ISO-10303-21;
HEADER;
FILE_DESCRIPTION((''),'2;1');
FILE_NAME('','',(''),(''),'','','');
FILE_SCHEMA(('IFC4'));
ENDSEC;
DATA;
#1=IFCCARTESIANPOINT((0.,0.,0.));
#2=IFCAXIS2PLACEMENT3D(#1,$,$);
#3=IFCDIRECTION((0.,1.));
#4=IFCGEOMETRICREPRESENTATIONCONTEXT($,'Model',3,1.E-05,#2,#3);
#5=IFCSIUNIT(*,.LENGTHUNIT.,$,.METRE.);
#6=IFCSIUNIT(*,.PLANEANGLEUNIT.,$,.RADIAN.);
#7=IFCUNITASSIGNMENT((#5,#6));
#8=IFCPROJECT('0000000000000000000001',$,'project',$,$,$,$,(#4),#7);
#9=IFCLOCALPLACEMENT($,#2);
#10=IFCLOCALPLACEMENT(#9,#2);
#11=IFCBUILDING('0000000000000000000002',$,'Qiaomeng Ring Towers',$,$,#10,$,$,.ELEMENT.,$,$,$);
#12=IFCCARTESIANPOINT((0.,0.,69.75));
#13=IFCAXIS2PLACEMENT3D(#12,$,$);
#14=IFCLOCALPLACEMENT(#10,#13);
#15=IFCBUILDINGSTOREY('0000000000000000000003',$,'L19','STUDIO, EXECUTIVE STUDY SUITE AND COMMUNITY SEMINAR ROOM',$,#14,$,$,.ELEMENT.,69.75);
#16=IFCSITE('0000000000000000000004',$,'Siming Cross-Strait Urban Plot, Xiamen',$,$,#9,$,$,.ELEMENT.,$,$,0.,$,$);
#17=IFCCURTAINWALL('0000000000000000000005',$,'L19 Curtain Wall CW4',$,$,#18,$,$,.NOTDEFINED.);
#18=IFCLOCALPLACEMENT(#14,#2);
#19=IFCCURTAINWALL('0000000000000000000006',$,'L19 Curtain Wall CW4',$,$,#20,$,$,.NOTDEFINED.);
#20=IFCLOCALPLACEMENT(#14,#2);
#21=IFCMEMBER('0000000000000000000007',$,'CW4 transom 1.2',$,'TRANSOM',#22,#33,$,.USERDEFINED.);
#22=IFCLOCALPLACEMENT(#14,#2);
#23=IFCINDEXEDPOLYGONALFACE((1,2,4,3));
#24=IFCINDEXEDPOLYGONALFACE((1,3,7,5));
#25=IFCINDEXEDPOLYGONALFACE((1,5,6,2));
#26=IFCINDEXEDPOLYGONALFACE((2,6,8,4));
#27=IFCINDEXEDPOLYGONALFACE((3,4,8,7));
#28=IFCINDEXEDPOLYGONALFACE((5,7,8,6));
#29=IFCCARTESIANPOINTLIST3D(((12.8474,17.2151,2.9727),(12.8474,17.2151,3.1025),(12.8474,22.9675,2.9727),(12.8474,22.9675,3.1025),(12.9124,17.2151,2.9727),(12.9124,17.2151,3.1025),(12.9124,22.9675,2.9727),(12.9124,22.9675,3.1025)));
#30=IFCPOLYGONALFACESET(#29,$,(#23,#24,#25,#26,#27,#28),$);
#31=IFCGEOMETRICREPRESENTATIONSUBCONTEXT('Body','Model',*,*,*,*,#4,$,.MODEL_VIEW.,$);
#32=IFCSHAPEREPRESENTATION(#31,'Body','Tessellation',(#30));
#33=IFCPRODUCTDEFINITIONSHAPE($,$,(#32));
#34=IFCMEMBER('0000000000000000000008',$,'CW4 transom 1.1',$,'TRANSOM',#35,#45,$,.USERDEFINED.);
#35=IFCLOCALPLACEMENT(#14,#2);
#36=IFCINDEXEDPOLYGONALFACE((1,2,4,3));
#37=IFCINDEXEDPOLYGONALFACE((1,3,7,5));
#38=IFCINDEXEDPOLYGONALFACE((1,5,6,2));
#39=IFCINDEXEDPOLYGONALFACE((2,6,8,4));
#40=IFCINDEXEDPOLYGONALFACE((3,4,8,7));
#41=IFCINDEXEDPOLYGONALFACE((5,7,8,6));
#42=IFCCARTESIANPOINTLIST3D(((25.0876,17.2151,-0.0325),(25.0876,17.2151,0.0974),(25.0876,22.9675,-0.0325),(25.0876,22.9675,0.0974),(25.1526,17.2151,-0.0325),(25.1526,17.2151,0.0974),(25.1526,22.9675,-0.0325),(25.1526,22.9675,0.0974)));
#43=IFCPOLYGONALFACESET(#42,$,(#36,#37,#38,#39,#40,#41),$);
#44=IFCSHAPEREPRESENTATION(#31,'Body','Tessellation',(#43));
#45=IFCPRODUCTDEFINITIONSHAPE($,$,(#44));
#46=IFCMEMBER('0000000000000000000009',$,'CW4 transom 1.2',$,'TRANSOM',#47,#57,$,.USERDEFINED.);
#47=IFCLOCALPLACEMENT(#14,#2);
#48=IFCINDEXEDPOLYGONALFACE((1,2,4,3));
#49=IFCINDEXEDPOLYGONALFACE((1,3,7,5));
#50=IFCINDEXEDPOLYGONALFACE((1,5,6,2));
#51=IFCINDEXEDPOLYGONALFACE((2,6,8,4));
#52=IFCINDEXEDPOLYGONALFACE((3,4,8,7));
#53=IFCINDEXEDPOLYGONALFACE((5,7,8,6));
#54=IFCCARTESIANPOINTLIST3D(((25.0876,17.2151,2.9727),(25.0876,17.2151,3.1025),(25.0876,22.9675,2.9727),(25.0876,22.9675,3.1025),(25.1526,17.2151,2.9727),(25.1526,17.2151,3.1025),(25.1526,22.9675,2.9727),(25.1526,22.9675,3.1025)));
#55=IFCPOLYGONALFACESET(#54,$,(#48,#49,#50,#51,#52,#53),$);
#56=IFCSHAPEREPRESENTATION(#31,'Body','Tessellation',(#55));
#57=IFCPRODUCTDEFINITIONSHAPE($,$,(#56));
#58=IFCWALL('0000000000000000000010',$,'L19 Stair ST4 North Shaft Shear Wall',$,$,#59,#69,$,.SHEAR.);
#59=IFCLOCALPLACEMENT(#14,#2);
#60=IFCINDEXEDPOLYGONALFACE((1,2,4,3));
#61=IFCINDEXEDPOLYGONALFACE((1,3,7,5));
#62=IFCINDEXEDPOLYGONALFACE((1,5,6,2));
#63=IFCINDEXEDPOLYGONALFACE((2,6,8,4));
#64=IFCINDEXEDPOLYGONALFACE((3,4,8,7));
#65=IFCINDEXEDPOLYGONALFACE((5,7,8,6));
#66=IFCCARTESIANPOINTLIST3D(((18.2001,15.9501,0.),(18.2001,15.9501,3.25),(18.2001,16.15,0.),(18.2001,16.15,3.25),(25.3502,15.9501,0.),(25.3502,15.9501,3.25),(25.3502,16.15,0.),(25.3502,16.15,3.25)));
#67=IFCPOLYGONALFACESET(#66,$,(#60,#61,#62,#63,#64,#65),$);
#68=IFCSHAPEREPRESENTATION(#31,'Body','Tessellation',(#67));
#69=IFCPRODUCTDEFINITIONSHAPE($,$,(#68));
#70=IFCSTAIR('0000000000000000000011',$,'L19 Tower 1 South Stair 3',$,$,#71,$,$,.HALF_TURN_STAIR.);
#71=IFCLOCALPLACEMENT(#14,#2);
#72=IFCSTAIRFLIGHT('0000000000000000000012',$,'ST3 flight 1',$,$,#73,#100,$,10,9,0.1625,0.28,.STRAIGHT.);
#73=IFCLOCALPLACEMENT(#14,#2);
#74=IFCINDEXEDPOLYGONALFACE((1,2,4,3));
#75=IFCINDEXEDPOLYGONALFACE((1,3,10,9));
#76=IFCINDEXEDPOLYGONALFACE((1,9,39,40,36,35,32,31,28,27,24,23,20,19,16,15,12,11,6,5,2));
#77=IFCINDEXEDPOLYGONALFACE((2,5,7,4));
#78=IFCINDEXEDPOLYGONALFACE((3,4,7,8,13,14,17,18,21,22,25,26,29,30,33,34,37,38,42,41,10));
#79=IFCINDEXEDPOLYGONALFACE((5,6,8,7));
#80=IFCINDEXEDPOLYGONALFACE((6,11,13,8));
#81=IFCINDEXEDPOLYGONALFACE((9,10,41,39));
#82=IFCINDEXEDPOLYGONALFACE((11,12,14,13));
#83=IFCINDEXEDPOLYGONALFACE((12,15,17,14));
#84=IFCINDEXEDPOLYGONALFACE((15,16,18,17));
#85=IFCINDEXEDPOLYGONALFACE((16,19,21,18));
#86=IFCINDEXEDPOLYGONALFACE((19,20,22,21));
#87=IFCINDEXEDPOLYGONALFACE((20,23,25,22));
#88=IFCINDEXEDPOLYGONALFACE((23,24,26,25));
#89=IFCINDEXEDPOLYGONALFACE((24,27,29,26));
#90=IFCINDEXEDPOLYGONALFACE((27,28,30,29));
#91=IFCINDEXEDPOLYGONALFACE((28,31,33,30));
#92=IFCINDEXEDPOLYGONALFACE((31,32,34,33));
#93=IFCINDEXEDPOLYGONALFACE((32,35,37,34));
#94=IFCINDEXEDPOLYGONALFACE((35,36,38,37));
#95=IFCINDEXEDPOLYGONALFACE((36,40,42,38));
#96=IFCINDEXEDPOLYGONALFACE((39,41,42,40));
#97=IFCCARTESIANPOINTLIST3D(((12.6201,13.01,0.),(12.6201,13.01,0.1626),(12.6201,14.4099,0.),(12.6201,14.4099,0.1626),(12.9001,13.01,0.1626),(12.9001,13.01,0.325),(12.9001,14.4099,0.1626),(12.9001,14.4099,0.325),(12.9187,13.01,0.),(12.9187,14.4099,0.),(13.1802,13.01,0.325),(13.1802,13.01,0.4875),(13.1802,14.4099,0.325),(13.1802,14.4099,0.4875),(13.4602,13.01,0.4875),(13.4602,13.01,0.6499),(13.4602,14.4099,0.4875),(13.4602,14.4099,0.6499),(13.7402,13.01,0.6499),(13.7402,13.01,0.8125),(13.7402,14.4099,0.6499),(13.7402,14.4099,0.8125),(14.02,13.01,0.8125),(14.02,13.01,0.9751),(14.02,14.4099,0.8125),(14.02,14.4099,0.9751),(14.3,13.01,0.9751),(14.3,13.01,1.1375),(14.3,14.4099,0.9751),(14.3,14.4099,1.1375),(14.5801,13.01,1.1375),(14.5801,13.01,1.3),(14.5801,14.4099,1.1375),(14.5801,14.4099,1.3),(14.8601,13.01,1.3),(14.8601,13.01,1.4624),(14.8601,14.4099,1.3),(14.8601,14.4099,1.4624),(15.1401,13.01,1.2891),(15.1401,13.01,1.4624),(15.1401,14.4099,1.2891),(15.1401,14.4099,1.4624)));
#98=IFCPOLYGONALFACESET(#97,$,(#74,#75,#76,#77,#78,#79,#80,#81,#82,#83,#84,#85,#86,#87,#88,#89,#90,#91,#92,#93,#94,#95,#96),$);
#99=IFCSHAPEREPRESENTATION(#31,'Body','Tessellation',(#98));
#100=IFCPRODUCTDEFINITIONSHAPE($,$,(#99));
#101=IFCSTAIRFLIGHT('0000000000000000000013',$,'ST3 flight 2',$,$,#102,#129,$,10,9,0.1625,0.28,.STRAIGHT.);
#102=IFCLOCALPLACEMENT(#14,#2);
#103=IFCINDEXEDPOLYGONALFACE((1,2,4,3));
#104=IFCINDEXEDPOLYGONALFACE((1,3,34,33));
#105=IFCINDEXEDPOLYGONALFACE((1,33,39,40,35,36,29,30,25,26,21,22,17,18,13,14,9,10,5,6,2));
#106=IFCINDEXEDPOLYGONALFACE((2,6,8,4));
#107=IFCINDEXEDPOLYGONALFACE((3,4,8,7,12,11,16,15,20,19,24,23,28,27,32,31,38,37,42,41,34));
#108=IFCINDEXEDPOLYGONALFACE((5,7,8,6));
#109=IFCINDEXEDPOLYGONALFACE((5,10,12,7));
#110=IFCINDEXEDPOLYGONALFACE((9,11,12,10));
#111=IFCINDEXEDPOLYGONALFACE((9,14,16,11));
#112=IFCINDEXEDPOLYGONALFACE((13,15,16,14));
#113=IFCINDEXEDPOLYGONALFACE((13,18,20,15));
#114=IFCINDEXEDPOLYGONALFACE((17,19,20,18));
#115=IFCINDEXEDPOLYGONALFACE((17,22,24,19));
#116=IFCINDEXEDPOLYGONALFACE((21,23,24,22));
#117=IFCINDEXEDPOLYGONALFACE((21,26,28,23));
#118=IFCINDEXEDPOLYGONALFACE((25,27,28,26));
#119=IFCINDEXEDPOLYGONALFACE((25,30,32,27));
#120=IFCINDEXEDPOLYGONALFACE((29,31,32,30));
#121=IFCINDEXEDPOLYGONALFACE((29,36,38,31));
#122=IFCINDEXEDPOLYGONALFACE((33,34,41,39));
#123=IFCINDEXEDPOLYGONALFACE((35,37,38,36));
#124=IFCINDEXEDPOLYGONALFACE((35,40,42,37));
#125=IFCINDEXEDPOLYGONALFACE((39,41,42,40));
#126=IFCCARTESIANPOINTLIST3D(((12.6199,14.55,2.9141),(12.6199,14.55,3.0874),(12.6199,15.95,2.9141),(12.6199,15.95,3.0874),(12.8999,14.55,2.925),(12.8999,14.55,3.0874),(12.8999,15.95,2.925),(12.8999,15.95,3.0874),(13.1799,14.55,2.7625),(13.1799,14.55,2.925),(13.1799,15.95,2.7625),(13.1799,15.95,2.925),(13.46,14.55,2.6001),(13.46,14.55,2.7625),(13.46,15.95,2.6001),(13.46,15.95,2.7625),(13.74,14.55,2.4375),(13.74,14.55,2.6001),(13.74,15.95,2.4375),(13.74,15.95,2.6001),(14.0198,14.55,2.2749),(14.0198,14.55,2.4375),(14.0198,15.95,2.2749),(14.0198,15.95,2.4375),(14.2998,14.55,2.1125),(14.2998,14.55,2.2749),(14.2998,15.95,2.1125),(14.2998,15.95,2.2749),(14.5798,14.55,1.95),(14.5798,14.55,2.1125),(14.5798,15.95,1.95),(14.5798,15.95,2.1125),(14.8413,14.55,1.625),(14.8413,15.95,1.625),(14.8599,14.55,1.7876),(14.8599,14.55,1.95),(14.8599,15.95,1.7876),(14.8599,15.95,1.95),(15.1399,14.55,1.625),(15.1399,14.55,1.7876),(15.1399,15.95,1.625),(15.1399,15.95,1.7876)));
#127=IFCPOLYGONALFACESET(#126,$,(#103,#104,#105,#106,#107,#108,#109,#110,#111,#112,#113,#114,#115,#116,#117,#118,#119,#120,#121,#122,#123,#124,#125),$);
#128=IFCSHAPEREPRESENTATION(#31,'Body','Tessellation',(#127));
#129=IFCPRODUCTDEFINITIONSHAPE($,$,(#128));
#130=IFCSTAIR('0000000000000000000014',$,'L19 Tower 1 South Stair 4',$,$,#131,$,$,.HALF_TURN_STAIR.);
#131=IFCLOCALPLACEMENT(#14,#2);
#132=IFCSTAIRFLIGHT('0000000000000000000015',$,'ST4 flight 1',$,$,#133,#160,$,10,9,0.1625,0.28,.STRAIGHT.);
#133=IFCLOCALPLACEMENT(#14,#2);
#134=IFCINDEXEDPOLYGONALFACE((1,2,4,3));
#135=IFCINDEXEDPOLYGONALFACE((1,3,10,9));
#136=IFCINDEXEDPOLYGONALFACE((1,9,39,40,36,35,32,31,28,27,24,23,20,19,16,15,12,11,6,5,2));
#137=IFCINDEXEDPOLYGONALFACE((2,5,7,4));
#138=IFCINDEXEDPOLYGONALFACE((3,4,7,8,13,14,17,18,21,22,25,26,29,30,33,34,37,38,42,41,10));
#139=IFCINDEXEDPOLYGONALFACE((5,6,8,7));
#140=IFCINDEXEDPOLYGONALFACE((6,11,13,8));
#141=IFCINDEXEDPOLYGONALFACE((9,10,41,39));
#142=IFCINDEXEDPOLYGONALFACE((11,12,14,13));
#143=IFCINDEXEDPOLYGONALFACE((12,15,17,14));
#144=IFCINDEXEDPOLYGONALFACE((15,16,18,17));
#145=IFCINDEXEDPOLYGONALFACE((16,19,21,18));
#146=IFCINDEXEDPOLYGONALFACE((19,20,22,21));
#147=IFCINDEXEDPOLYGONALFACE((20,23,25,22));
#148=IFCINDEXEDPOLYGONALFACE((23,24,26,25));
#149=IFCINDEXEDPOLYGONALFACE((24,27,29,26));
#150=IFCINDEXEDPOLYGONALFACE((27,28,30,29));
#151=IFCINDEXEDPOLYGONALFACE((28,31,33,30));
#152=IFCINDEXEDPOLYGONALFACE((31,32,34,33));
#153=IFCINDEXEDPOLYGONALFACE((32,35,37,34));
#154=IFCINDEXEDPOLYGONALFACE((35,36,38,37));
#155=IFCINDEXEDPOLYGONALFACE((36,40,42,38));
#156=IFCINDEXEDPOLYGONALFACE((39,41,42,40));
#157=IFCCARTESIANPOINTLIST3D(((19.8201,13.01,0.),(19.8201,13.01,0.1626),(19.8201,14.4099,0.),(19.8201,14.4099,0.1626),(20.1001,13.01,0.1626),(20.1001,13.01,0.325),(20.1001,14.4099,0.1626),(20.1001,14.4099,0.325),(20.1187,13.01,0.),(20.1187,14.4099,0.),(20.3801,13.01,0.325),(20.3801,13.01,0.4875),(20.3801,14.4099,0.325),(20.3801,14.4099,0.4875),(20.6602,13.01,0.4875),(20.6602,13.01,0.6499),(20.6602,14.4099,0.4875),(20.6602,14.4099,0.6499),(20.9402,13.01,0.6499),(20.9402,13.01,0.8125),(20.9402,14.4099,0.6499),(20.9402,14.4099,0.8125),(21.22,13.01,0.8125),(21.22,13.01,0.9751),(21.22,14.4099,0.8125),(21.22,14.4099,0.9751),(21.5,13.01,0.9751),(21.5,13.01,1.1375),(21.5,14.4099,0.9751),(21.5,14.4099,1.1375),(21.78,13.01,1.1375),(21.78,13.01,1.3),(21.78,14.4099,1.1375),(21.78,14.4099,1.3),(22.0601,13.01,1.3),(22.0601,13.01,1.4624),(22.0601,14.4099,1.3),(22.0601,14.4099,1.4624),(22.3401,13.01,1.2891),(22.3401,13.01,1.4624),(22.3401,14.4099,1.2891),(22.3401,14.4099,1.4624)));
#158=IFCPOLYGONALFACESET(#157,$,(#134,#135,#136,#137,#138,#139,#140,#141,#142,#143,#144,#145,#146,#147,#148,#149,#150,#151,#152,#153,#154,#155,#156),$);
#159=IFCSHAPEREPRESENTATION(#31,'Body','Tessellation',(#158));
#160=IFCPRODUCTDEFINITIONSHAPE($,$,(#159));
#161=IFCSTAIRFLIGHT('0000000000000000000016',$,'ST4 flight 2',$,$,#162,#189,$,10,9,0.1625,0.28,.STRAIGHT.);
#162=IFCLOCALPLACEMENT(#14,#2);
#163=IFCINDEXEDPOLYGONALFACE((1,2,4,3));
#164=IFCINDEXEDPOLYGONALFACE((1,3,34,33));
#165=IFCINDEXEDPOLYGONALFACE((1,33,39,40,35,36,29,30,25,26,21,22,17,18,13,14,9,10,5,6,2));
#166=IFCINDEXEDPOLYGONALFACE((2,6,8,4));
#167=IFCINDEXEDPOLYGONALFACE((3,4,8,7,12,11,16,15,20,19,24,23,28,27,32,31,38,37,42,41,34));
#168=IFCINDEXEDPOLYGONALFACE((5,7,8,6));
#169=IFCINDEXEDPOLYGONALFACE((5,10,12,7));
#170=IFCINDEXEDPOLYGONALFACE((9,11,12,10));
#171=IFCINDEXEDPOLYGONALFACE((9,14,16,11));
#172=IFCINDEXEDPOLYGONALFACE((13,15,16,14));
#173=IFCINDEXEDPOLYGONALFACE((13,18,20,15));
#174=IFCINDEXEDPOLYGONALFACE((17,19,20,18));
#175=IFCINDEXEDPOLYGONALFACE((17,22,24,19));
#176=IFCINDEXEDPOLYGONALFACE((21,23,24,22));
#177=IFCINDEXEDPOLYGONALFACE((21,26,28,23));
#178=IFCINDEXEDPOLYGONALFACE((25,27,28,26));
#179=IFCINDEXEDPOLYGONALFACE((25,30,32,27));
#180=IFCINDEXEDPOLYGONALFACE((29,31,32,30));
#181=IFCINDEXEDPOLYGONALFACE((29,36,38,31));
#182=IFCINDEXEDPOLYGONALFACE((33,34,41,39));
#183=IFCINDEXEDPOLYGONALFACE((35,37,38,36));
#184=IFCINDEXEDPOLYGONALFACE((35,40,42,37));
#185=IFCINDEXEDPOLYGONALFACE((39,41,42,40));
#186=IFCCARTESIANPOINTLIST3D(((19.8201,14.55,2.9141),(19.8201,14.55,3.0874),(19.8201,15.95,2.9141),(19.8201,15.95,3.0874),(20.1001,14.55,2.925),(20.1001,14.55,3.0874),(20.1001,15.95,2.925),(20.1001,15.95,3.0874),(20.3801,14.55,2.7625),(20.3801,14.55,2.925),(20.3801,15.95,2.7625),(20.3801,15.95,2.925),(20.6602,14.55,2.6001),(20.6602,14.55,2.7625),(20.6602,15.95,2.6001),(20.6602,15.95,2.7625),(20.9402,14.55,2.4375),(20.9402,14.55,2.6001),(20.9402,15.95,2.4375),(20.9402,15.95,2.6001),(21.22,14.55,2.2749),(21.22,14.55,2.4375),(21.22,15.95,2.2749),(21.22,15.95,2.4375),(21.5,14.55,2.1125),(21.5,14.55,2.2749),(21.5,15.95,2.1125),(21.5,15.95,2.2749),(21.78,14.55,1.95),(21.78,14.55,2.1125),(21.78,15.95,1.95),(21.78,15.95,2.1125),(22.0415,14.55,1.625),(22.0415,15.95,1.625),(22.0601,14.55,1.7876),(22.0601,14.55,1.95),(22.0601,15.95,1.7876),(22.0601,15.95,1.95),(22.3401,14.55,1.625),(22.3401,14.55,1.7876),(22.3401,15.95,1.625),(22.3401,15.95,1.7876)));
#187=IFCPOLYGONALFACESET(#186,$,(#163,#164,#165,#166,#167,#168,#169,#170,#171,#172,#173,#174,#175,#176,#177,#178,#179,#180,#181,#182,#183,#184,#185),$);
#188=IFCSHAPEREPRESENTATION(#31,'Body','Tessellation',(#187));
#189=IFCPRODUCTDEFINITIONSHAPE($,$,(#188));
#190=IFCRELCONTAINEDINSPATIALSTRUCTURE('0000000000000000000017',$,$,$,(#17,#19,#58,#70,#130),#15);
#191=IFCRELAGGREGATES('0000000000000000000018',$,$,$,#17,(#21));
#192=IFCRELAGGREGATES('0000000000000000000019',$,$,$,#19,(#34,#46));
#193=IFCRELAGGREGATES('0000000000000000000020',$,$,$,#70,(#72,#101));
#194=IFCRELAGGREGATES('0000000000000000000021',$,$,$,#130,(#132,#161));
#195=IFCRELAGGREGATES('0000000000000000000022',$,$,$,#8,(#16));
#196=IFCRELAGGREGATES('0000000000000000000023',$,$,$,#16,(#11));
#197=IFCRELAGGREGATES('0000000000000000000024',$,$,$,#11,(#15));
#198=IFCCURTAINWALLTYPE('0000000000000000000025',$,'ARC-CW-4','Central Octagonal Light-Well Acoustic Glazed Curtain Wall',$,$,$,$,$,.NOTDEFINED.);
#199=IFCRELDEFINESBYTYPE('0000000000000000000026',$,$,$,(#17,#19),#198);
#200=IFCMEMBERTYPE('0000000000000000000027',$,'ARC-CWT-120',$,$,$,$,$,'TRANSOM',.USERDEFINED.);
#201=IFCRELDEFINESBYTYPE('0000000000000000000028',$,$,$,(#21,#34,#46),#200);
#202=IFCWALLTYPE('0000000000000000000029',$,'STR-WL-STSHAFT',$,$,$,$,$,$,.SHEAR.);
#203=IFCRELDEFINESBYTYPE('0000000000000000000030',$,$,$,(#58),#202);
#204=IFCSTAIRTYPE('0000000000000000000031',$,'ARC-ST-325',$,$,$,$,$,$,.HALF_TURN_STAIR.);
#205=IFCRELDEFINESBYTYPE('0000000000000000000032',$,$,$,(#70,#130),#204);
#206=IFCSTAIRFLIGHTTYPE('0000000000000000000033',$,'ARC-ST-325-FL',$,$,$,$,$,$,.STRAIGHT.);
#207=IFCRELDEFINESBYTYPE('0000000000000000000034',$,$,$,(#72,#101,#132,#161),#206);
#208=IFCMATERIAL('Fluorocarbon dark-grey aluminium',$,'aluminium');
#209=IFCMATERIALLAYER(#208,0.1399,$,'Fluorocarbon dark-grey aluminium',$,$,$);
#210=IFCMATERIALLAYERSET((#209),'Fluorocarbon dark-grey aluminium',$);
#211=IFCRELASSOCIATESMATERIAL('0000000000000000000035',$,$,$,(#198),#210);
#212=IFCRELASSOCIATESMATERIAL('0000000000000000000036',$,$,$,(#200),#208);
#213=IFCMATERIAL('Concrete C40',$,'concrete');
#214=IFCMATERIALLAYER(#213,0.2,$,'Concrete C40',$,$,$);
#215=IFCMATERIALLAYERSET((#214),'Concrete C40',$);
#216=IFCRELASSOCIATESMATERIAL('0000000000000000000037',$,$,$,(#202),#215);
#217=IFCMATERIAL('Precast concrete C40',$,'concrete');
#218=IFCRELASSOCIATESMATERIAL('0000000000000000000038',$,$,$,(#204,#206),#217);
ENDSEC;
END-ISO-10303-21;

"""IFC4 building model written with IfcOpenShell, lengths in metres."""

from ifc_helpers import new_model, si_unit, direction, frame, frame_2d, origin, origin_2d, place, context, subcontext, project, spatial, polyline, rectangle, outline, extrude, source, transform, mapped, material, layer, layer_set, material_profile, profile_set, type_object, element, aggregate, save


model = new_model("IFC4")

# Units and contexts
model_context = context("Model", 3, precision=1e-05, world=origin(), true_north=direction((0.0, 1.0)))
body_context = subcontext(model_context, "Body", "Model", "MODEL_VIEW")
ifc_project = project(units=[si_unit("LENGTHUNIT", "METRE"), si_unit("PLANEANGLEUNIT", "RADIAN")], contexts=[model_context])

# Site, building, storey
site_placement = place(None, origin())
site = spatial("IfcSite", under=ifc_project, at=site_placement, Name="Siming Cross-Strait Urban Plot, Xiamen", CompositionType="ELEMENT", RefElevation=0.0)
building_placement = place(site_placement, origin())
building = spatial("IfcBuilding", under=site, at=building_placement, Name="Qiaomeng Ring Towers", CompositionType="ELEMENT")
storey_placement = place(building_placement, frame((0.0, 0.0, 69.75)))
storey = spatial("IfcBuildingStorey", under=building, at=storey_placement, Name="L19", Description="STUDIO, EXECUTIVE STUDY SUITE AND COMMUNITY SEMINAR ROOM", CompositionType="ELEMENT", Elevation=69.75)

# Curtain walls
ifc_material_1 = material(Name="Fluorocarbon dark-grey aluminium", Category="aluminium")
ifc_layer_1 = layer(ifc_material_1, 0.1399, Name="Fluorocarbon dark-grey aluminium")
ifc_layer_set_1 = layer_set([ifc_layer_1], Name="Fluorocarbon dark-grey aluminium")
curtain_wall_type = type_object("IfcCurtainWallType", Name="ARC-CW-4", Description="Central Octagonal Light-Well Acoustic Glazed Curtain Wall", PredefinedType="NOTDEFINED", material=ifc_layer_set_1)
curtain_wall_1_placement = place(storey_placement, origin())
curtain_wall_1 = element("IfcCurtainWall", 1, at=curtain_wall_1_placement, inside=storey, type_object=curtain_wall_type, Name="L19 Curtain Wall CW4", PredefinedType="NOTDEFINED")
curtain_wall_2_placement = place(storey_placement, origin())
curtain_wall_2 = element("IfcCurtainWall", 2, at=curtain_wall_2_placement, inside=storey, type_object=curtain_wall_type, Name="L19 Curtain Wall CW4", PredefinedType="NOTDEFINED")

# Members
ifc_material_profile_1 = material_profile(ifc_material_1, rectangle(XDim=0.0649, YDim=0.1299, at=origin_2d()), Name="ALU TRAN 65x130")
ifc_profile_set_1 = profile_set([ifc_material_profile_1], Name="Fluorocarbon dark-grey aluminium")
member_type_1 = type_object("IfcMemberType", Name="ARC-CWT-120", ElementType="TRANSOM", PredefinedType="USERDEFINED", material=ifc_profile_set_1)
shared_shape_1 = source(origin(), body_context, "Body", "SweptSolid", [
    extrude(rectangle(XDim=0.0649, YDim=0.1299, at=origin_2d()), origin(), (0.0, 0.0, 1.0), 5.7524),
])
member_1_placement = place(storey_placement, frame((12.8799, 17.2151, 3.0376), z_axis=(0.0, 1.0, 0.0), x_axis=(-1.0, 0.0, 0.0)))
member_1 = element("IfcMember", 3, at=member_1_placement, type_object=member_type_1, Name="CW4 transom 1.2", ObjectType="TRANSOM", PredefinedType="USERDEFINED", context=body_context, shape_type="MappedRepresentation", body=[
    mapped(shared_shape_1, transform((0.0, 0.0, 0.0), x_axis=(1.0, 0.0, 0.0), y_axis=(0.0, 1.0, 0.0), z_axis=(0.0, 0.0, 1.0), scale=1.0)),
])
aggregate(curtain_wall_1, [member_1])
member_2_placement = place(storey_placement, frame((25.1201, 17.2151, 0.0325), z_axis=(0.0, 1.0, 0.0), x_axis=(-1.0, 0.0, 0.0)))
member_2 = element("IfcMember", 4, at=member_2_placement, type_object=member_type_1, Name="CW4 transom 1.1", ObjectType="TRANSOM", PredefinedType="USERDEFINED", context=body_context, shape_type="MappedRepresentation", body=[
    mapped(shared_shape_1, transform((0.0, 0.0, 0.0), x_axis=(1.0, 0.0, 0.0), y_axis=(0.0, 1.0, 0.0), z_axis=(0.0, 0.0, 1.0), scale=1.0)),
])
member_3_placement = place(storey_placement, frame((25.1201, 17.2151, 3.0376), z_axis=(0.0, 1.0, 0.0), x_axis=(-1.0, 0.0, 0.0)))
member_3 = element("IfcMember", 5, at=member_3_placement, type_object=member_type_1, Name="CW4 transom 1.2", ObjectType="TRANSOM", PredefinedType="USERDEFINED", context=body_context, shape_type="MappedRepresentation", body=[
    mapped(shared_shape_1, transform((0.0, 0.0, 0.0), x_axis=(1.0, 0.0, 0.0), y_axis=(0.0, 1.0, 0.0), z_axis=(0.0, 0.0, 1.0), scale=1.0)),
])
aggregate(curtain_wall_2, [member_2, member_3])

# Wall
ifc_material_2 = material(Name="Concrete C40", Category="concrete")
ifc_layer_2 = layer(ifc_material_2, 0.2, Name="Concrete C40")
ifc_layer_set_2 = layer_set([ifc_layer_2], Name="Concrete C40")
wall_type = type_object("IfcWallType", Name="STR-WL-STSHAFT", PredefinedType="SHEAR", material=ifc_layer_set_2)
wall_placement = place(storey_placement, frame((18.2, 16.05, 0.0), z_axis=(0.0, 0.0, 1.0), x_axis=(1.0, 0.0, 0.0)))
element("IfcWall", 6, at=wall_placement, inside=storey, type_object=wall_type, Name="L19 Stair ST4 North Shaft Shear Wall", PredefinedType="SHEAR", context=body_context, shape_type="SweptSolid", body=[
    extrude(rectangle(XDim=7.1501, YDim=0.2, at=frame_2d((3.5752, 0.0))), origin(), (0.0, 0.0, 1.0), 3.25),
])

# Stairs, stair flights
ifc_material_3 = material(Name="Precast concrete C40", Category="concrete")
stair_type = type_object("IfcStairType", Name="ARC-ST-325", PredefinedType="HALF_TURN_STAIR", material=ifc_material_3)
stair_1_placement = place(storey_placement, origin())
stair_1 = element("IfcStair", 7, at=stair_1_placement, inside=storey, type_object=stair_type, Name="L19 Tower 1 South Stair 3", PredefinedType="HALF_TURN_STAIR")
stair_flight_type = type_object("IfcStairFlightType", Name="ARC-ST-325-FL", PredefinedType="STRAIGHT", material=ifc_material_3)
shared_shape_2 = source(origin(), body_context, "Body", "SweptSolid", [
    extrude(outline(polyline([(0.0, 0.0), (0.0, 0.1626), (0.28, 0.1626), (0.28, 0.325), (0.5601, 0.325), (0.5601, 0.4875), (0.8401, 0.4875), (0.8401, 0.6499), (1.1201, 0.6499), (1.1201, 0.8125), (1.3999, 0.8125), (1.3999, 0.9751), (1.6799, 0.9751), (1.6799, 1.1375), (1.96, 1.1375), (1.96, 1.3), (2.24, 1.3), (2.24, 1.4624), (2.52, 1.4624), (2.52, 1.625), (2.52, 1.2891), (0.2986, 0.0), (0.0, 0.0)])), frame((0.0, 0.7, 0.0), z_axis=(0.0, -1.0, 0.0), x_axis=(1.0, 0.0, 0.0)), (0.0, 0.0, 1.0), 1.3999),
])
stair_flight_1_placement = place(storey_placement, frame((12.6201, 13.71, 0.0), z_axis=(0.0, 0.0, 1.0), x_axis=(1.0, 0.0, 0.0)))
stair_flight_1 = element("IfcStairFlight", 8, at=stair_flight_1_placement, type_object=stair_flight_type, Name="ST3 flight 1", NumberOfRisers=10, NumberOfTreads=9, PredefinedType="STRAIGHT", RiserHeight=0.1625, TreadLength=0.28, context=body_context, shape_type="MappedRepresentation", body=[
    mapped(shared_shape_2, transform((0.0, 0.0, 0.0), x_axis=(1.0, 0.0, 0.0), y_axis=(0.0, 1.0, 0.0), z_axis=(0.0, 0.0, 1.0), scale=1.0)),
])
stair_flight_2_placement = place(storey_placement, frame((15.1399, 15.25, 1.625), z_axis=(0.0, 0.0, 1.0), x_axis=(-1.0, 0.0, 0.0)))
stair_flight_2 = element("IfcStairFlight", 9, at=stair_flight_2_placement, type_object=stair_flight_type, Name="ST3 flight 2", NumberOfRisers=10, NumberOfTreads=9, PredefinedType="STRAIGHT", RiserHeight=0.1625, TreadLength=0.28, context=body_context, shape_type="MappedRepresentation", body=[
    mapped(shared_shape_2, transform((0.0, 0.0, 0.0), x_axis=(1.0, 0.0, 0.0), y_axis=(0.0, 1.0, 0.0), z_axis=(0.0, 0.0, 1.0), scale=1.0)),
])
aggregate(stair_1, [stair_flight_1, stair_flight_2])
stair_2_placement = place(storey_placement, origin())
stair_2 = element("IfcStair", 10, at=stair_2_placement, inside=storey, type_object=stair_type, Name="L19 Tower 1 South Stair 4", PredefinedType="HALF_TURN_STAIR")
stair_flight_3_placement = place(storey_placement, frame((19.8201, 13.71, 0.0), z_axis=(0.0, 0.0, 1.0), x_axis=(1.0, 0.0, 0.0)))
stair_flight_3 = element("IfcStairFlight", 11, at=stair_flight_3_placement, type_object=stair_flight_type, Name="ST4 flight 1", NumberOfRisers=10, NumberOfTreads=9, PredefinedType="STRAIGHT", RiserHeight=0.1625, TreadLength=0.28, context=body_context, shape_type="MappedRepresentation", body=[
    mapped(shared_shape_2, transform((0.0, 0.0, 0.0), x_axis=(1.0, 0.0, 0.0), y_axis=(0.0, 1.0, 0.0), z_axis=(0.0, 0.0, 1.0), scale=1.0)),
])
stair_flight_4_placement = place(storey_placement, frame((22.3401, 15.25, 1.625), z_axis=(0.0, 0.0, 1.0), x_axis=(-1.0, 0.0, 0.0)))
stair_flight_4 = element("IfcStairFlight", 12, at=stair_flight_4_placement, type_object=stair_flight_type, Name="ST4 flight 2", NumberOfRisers=10, NumberOfTreads=9, PredefinedType="STRAIGHT", RiserHeight=0.1625, TreadLength=0.28, context=body_context, shape_type="MappedRepresentation", body=[
    mapped(shared_shape_2, transform((0.0, 0.0, 0.0), x_axis=(1.0, 0.0, 0.0), y_axis=(0.0, 1.0, 0.0), z_axis=(0.0, 0.0, 1.0), scale=1.0)),
])
aggregate(stair_2, [stair_flight_3, stair_flight_4])

save(model, "model.ifc")
